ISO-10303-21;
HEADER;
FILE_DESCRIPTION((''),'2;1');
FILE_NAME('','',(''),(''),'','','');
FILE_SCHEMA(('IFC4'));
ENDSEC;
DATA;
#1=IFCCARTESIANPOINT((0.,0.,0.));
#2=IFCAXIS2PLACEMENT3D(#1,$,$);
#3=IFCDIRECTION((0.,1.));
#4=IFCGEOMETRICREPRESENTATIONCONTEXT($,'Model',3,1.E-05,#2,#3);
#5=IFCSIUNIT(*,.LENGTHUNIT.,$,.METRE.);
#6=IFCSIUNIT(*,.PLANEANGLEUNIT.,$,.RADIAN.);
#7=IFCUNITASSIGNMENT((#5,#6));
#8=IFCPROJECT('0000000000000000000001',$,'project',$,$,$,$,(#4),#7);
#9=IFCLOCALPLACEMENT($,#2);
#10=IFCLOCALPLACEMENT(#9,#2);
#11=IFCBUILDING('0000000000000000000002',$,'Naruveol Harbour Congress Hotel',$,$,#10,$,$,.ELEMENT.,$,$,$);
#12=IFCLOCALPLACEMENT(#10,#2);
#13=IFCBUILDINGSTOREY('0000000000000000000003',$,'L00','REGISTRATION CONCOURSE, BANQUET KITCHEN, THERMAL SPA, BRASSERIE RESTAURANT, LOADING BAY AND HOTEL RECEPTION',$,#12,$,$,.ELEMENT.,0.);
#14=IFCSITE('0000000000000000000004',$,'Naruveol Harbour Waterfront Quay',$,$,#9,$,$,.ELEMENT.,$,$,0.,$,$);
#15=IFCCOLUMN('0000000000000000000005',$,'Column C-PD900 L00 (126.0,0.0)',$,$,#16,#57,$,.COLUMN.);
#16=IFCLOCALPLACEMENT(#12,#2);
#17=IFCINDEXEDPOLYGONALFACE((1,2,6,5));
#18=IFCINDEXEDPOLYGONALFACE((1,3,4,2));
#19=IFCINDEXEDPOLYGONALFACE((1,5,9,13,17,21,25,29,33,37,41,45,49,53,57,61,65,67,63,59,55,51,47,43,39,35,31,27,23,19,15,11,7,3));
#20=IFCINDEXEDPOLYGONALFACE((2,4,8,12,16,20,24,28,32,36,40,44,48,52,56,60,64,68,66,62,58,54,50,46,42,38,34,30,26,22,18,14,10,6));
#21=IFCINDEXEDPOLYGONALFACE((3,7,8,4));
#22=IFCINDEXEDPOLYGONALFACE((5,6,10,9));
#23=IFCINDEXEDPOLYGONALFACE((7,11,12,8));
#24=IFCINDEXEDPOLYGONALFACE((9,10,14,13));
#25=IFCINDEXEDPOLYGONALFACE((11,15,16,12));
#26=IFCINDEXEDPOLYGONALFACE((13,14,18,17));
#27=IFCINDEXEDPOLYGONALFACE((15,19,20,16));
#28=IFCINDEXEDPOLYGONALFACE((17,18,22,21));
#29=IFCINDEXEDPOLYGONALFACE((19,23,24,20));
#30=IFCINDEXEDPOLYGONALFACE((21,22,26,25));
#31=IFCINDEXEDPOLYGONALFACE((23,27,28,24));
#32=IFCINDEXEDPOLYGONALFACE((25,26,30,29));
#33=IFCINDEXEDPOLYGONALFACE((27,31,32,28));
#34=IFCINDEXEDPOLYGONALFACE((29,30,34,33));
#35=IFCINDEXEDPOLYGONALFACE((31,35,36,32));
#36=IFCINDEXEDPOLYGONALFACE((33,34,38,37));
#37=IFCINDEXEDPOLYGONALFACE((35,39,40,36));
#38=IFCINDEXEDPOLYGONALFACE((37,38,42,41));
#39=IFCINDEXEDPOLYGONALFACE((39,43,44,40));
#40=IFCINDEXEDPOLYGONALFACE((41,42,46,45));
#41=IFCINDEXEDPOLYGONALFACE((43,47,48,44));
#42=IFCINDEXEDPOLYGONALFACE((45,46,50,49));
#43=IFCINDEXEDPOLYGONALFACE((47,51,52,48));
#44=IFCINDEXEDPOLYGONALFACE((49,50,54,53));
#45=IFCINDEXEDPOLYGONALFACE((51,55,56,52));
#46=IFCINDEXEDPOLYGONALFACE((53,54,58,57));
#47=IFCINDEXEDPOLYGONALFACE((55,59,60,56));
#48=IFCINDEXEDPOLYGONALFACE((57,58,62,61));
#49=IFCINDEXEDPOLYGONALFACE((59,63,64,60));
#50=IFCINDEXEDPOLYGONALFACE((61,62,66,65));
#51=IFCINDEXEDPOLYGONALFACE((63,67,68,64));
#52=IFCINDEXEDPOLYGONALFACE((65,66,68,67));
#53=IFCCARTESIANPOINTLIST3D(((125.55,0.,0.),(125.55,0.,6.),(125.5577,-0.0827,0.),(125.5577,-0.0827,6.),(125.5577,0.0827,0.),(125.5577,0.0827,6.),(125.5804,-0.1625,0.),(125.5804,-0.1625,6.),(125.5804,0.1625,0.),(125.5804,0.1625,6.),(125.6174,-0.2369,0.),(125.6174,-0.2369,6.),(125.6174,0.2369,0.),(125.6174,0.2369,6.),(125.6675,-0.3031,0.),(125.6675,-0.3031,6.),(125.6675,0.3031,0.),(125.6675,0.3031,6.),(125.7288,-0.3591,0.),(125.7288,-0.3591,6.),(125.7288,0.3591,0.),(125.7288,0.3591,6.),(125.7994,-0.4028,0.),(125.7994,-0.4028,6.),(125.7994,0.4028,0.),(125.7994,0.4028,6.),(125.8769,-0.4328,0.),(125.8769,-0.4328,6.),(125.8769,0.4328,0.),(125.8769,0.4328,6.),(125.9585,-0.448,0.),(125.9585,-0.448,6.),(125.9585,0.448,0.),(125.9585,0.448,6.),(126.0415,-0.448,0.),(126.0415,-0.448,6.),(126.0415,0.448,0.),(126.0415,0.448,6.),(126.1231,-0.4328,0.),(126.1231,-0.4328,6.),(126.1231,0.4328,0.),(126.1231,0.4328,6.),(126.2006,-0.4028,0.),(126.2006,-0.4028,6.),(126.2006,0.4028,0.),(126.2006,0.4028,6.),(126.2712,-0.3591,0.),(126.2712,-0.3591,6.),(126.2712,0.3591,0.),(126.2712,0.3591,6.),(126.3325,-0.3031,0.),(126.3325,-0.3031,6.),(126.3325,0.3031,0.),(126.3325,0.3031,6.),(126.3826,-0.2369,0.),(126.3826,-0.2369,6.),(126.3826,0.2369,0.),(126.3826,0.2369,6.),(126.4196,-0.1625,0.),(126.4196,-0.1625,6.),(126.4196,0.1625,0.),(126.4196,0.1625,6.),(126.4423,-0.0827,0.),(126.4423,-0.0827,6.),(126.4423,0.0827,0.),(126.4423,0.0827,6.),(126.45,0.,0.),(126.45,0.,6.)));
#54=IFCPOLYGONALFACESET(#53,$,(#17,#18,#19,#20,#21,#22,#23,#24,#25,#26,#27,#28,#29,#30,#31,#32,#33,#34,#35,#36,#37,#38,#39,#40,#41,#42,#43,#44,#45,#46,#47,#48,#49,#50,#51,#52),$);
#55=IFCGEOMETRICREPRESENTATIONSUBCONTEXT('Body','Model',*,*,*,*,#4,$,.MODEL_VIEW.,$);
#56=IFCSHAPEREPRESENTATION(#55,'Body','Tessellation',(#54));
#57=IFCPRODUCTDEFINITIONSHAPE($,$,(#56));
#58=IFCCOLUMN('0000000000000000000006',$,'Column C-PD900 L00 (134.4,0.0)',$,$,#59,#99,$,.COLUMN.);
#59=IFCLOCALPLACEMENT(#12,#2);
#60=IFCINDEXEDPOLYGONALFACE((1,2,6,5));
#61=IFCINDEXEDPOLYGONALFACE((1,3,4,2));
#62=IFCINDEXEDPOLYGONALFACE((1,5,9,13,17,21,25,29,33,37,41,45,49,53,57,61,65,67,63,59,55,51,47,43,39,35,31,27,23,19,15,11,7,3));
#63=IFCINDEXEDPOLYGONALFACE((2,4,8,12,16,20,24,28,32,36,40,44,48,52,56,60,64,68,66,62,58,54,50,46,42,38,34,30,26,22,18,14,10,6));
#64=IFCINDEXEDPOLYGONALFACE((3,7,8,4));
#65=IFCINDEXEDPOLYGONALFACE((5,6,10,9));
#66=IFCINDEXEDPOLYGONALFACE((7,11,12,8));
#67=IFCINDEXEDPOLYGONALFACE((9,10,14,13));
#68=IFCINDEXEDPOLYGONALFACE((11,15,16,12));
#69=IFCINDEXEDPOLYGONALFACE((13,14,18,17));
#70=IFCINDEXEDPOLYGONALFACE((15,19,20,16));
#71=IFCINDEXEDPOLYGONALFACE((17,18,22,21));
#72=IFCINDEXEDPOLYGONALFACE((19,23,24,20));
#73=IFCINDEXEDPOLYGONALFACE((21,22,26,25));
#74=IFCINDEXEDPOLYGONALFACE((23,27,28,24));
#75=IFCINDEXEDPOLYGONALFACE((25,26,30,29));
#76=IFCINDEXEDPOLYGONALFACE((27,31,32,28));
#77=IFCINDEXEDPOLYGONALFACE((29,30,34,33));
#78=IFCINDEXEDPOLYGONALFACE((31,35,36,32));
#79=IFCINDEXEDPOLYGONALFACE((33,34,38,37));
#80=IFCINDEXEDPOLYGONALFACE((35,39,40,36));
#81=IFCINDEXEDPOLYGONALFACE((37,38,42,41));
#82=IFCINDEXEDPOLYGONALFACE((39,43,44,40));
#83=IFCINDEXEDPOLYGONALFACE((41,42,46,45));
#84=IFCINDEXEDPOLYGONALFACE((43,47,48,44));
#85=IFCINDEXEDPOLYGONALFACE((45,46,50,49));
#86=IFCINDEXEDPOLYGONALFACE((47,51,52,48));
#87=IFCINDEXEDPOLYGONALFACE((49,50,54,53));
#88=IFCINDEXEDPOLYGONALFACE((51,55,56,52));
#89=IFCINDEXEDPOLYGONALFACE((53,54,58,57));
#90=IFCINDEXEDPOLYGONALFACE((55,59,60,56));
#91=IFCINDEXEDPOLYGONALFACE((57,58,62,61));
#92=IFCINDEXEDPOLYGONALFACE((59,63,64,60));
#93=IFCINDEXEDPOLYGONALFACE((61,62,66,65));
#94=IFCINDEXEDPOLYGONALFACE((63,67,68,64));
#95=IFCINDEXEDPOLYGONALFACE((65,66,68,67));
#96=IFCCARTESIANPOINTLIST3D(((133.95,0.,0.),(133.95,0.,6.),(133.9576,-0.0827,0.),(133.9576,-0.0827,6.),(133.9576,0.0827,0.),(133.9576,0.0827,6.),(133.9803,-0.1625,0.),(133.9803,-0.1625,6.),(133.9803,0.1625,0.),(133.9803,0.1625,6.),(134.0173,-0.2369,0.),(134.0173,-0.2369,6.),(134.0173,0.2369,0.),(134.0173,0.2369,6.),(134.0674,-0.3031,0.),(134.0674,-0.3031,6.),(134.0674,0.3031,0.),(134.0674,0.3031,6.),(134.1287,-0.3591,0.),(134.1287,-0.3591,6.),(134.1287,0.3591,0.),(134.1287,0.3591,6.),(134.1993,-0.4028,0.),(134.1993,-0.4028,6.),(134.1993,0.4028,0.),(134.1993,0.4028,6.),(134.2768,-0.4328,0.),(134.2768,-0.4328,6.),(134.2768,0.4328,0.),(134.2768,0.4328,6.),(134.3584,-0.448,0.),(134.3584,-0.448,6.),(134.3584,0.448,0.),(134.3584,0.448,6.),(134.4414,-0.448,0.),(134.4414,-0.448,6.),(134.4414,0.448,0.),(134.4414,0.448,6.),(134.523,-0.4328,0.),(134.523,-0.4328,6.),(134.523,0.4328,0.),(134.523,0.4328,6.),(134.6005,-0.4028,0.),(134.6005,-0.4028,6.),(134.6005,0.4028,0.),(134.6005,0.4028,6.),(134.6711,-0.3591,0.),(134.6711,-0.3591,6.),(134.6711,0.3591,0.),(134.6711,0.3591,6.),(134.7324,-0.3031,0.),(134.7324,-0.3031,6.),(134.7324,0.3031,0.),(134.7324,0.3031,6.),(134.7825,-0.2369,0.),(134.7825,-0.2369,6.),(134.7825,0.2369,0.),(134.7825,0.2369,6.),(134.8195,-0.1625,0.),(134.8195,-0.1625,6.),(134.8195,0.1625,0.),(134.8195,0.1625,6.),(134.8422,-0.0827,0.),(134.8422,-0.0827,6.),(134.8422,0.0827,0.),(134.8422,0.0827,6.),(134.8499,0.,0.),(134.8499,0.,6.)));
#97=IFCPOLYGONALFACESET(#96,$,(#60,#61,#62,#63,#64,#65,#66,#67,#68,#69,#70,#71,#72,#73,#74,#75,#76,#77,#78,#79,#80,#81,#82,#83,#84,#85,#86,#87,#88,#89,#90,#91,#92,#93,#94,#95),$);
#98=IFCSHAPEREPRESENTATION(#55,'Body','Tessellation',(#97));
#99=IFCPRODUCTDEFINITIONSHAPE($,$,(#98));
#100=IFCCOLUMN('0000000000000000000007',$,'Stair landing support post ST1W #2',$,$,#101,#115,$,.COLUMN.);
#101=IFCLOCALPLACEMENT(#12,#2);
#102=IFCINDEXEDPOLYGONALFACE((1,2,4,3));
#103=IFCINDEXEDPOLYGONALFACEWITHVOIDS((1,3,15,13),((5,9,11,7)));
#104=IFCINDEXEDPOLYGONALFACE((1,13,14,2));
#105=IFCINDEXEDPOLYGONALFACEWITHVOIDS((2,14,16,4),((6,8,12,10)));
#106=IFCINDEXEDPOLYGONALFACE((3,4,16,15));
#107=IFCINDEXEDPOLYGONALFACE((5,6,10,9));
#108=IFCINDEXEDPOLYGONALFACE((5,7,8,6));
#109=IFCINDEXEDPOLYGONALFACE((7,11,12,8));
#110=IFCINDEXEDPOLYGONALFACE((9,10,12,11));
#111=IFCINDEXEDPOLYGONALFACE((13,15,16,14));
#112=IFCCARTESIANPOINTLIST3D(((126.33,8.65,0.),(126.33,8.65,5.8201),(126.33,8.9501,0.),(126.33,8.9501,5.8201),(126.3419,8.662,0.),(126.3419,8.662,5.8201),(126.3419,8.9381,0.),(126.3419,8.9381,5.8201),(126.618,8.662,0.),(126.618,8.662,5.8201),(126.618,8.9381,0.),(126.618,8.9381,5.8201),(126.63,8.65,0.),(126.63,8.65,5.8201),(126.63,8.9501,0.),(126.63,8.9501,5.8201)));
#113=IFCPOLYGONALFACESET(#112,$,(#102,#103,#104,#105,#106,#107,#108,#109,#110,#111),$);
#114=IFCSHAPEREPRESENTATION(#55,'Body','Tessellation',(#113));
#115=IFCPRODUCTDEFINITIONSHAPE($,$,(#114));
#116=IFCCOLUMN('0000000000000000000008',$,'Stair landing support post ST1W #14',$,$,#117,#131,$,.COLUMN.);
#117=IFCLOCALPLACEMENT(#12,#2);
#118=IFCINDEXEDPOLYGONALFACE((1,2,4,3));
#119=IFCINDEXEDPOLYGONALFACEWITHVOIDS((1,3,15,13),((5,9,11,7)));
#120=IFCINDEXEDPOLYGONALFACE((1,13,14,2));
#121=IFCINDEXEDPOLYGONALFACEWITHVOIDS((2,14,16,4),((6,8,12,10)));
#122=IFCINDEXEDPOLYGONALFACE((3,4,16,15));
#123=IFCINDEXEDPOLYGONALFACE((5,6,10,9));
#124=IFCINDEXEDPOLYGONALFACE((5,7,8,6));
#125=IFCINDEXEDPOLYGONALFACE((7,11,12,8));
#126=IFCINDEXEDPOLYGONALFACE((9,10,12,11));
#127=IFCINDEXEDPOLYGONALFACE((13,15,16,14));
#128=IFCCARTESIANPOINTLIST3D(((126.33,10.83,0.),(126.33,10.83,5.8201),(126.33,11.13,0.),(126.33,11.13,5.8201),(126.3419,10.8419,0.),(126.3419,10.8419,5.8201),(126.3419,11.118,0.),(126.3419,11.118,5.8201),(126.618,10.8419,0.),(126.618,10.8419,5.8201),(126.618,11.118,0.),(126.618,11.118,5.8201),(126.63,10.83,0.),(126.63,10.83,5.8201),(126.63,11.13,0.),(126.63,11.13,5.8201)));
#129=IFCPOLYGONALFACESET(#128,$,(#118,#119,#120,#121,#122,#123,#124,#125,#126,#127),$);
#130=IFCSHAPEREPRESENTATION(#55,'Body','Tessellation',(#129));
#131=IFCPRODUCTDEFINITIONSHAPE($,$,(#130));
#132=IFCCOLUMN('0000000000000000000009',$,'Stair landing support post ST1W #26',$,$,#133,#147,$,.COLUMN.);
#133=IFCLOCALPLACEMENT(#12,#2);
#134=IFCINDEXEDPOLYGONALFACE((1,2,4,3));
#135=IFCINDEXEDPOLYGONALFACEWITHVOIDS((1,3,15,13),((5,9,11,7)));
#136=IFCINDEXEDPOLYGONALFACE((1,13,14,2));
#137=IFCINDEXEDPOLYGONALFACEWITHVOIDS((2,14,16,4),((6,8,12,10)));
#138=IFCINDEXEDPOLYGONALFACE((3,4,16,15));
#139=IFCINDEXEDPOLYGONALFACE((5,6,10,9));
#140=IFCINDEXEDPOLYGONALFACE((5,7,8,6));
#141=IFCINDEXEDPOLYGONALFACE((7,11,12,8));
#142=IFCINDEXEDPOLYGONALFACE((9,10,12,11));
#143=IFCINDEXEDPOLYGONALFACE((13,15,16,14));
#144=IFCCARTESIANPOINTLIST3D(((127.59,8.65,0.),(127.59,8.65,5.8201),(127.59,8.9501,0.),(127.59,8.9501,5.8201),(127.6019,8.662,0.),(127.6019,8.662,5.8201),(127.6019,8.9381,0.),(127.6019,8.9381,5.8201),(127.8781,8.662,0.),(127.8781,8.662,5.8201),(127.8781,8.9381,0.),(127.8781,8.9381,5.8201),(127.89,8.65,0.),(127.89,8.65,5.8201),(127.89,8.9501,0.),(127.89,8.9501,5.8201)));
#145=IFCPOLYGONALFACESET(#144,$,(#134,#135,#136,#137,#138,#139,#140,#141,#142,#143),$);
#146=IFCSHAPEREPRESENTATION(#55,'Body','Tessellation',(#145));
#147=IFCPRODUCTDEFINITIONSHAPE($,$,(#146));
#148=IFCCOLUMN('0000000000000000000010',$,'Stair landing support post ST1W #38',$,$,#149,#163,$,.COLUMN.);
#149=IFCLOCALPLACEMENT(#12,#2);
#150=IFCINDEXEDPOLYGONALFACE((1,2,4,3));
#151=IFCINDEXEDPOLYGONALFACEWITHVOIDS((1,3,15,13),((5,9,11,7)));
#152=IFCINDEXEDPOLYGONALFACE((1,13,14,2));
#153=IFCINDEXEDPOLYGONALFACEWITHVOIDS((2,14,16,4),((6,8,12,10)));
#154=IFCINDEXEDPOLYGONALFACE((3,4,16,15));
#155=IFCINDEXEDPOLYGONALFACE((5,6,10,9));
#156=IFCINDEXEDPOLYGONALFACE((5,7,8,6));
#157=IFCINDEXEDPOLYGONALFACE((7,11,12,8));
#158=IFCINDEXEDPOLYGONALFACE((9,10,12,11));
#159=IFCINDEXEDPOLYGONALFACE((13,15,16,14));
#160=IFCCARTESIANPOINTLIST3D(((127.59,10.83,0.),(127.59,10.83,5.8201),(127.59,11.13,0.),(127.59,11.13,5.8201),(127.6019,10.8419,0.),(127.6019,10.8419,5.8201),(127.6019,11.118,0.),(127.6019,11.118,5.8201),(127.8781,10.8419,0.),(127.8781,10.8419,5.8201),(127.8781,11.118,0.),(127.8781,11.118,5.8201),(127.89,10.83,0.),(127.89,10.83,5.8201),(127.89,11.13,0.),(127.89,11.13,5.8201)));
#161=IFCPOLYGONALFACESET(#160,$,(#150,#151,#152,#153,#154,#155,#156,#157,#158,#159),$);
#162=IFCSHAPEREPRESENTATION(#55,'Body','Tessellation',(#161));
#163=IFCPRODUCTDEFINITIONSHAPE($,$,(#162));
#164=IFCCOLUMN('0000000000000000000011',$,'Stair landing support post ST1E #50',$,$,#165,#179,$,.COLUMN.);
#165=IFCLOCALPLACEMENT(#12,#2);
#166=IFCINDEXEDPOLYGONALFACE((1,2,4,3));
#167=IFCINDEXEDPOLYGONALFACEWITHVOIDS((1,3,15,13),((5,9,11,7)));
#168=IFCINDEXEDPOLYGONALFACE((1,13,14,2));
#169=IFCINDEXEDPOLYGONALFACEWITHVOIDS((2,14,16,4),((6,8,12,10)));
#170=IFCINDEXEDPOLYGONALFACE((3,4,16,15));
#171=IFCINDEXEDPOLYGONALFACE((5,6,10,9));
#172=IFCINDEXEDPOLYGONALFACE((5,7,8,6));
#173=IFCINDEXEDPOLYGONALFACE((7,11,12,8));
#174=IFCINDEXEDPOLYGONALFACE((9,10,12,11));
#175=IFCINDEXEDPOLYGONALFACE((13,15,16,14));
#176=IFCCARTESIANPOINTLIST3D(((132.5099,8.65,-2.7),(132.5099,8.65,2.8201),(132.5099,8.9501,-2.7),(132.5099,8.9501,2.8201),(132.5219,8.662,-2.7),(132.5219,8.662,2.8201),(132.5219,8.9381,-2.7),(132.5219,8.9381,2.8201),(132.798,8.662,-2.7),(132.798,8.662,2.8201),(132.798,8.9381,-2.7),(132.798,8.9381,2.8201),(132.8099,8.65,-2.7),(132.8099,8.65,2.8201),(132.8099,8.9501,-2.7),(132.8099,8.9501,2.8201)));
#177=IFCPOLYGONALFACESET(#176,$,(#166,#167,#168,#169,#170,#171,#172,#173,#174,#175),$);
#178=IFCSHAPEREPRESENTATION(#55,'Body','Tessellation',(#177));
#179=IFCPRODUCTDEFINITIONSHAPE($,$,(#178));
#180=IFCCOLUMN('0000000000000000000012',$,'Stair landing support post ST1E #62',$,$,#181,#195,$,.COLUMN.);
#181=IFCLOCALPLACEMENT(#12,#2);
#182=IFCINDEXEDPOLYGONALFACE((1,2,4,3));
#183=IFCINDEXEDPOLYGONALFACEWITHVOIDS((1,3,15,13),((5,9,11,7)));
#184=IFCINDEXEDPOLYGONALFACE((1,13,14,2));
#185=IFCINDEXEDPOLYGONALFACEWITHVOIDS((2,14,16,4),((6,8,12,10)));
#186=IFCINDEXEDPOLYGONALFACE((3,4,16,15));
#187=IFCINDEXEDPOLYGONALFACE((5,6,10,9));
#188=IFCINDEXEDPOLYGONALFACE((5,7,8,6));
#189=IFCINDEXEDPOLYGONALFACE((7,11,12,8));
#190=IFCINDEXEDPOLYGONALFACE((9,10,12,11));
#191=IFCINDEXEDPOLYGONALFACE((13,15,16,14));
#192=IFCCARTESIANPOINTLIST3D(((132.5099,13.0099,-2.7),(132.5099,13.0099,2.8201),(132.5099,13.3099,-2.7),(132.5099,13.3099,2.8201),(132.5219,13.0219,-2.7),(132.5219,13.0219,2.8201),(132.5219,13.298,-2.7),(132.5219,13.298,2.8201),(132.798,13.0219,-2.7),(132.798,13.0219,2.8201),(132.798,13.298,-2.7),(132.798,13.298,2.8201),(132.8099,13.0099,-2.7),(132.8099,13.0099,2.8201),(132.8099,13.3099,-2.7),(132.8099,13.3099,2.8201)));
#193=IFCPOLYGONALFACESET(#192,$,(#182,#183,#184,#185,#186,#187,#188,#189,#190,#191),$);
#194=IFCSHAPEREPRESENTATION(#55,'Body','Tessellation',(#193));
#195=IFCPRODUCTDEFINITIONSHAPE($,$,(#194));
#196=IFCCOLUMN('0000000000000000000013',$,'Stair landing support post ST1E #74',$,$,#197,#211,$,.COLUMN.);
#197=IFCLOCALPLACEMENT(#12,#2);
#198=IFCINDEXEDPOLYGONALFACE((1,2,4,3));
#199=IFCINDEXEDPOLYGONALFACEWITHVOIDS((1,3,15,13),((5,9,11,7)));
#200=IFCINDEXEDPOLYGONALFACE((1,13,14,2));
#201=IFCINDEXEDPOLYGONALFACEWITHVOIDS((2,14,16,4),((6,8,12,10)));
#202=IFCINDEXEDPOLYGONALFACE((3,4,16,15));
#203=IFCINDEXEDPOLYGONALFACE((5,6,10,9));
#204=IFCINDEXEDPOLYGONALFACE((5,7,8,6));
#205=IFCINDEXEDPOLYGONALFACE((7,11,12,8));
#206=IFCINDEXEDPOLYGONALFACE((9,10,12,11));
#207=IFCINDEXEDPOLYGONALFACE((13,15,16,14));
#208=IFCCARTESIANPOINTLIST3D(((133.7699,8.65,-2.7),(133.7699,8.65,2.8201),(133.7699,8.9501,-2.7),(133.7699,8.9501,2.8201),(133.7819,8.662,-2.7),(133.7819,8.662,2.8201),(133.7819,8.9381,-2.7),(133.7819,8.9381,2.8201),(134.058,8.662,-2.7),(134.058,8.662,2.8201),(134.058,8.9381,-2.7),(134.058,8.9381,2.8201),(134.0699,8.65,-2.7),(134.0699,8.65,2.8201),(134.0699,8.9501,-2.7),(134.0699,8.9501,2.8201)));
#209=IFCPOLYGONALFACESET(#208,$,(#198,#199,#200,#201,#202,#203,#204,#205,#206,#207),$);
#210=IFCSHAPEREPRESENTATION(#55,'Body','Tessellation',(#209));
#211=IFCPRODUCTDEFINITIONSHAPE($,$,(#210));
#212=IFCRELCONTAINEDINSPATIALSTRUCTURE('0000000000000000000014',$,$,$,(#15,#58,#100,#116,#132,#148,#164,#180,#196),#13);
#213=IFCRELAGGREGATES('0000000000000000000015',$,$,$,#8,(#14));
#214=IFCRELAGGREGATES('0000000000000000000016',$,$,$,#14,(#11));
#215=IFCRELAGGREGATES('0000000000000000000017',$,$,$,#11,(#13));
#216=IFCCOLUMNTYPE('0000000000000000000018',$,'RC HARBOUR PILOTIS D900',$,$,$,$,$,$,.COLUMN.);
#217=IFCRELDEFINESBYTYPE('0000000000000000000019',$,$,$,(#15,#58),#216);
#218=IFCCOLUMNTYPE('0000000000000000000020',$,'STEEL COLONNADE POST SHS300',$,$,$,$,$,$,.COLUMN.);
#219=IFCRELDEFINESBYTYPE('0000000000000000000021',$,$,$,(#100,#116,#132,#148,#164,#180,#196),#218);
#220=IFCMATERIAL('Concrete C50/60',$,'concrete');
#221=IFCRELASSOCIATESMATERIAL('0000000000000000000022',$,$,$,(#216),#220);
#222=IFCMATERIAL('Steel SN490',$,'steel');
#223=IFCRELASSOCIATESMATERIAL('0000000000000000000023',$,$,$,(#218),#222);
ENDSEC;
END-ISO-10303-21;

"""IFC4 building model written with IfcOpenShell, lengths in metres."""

from ifc_helpers import new_model, si_unit, direction, frame, origin, origin_2d, place, context, subcontext, project, spatial, hollow_rectangle, circle, extrude, material, material_profile, profile_set, type_object, element, save


model = new_model("IFC4")

# Units and contexts
model_context = context("Model", 3, precision=1e-05, world=origin(), true_north=direction((0.0, 1.0)))
body_context = subcontext(model_context, "Body", "Model", "MODEL_VIEW")
ifc_project = project(units=[si_unit("LENGTHUNIT", "METRE"), si_unit("PLANEANGLEUNIT", "RADIAN")], contexts=[model_context])

# Site, building, storey
site_placement = place(None, origin())
site = spatial("IfcSite", under=ifc_project, at=site_placement, Name="Naruveol Harbour Waterfront Quay", CompositionType="ELEMENT", RefElevation=0.0)
building_placement = place(site_placement, origin())
building = spatial("IfcBuilding", under=site, at=building_placement, Name="Naruveol Harbour Congress Hotel", CompositionType="ELEMENT")
storey_placement = place(building_placement, origin())
storey = spatial("IfcBuildingStorey", under=building, at=storey_placement, Name="L00", Description="REGISTRATION CONCOURSE, BANQUET KITCHEN, THERMAL SPA, BRASSERIE RESTAURANT, LOADING BAY AND HOTEL RECEPTION", CompositionType="ELEMENT", Elevation=0.0)

# Columns
ifc_material_1 = material(Name="Concrete C50/60", Category="concrete")
ifc_material_profile_1 = material_profile(ifc_material_1, circle(Radius=0.45, at=origin_2d()), Name="RC-D900")
ifc_profile_set_1 = profile_set([ifc_material_profile_1], Name="Concrete C50/60")
column_type_1 = type_object("IfcColumnType", Name="RC HARBOUR PILOTIS D900", PredefinedType="COLUMN", material=ifc_profile_set_1)
for number, where, z_axis, x_axis, name in (
    (1, (126.0, 0.0, 0.0), (0.0, 0.0, 1.0), (1.0, 0.0, 0.0), "Column C-PD900 L00 (126.0,0.0)"),
    (2, (134.3999, 0.0, 0.0), (0.0, 0.0, 1.0), (1.0, 0.0, 0.0), "Column C-PD900 L00 (134.4,0.0)"),
):
    element("IfcColumn", number, at=place(storey_placement, frame(where, z_axis=z_axis, x_axis=x_axis)), inside=storey, type_object=column_type_1, Name=name, PredefinedType="COLUMN", context=body_context, shape_type="SweptSolid", body=[
        extrude(circle(Radius=0.45, at=origin_2d()), origin(), (0.0, 0.0, 1.0), 6.0),
    ])
ifc_material_2 = material(Name="Steel SN490", Category="steel")
ifc_material_profile_2 = material_profile(ifc_material_2, hollow_rectangle(XDim=0.3, YDim=0.3, WallThickness=0.012, at=origin_2d()), Name="SHS-300x300x12")
ifc_profile_set_2 = profile_set([ifc_material_profile_2], Name="Steel SN490")
column_type_2 = type_object("IfcColumnType", Name="STEEL COLONNADE POST SHS300", PredefinedType="COLUMN", material=ifc_profile_set_2)
for number, where, z_axis, x_axis, name in (
    (3, (126.48, 8.8, 0.0), (0.0, 0.0, 1.0), (1.0, 0.0, 0.0), "Stair landing support post ST1W #2"),
    (4, (126.48, 10.98, 0.0), (0.0, 0.0, 1.0), (1.0, 0.0, 0.0), "Stair landing support post ST1W #14"),
    (5, (127.74, 8.8, 0.0), (0.0, 0.0, 1.0), (1.0, 0.0, 0.0), "Stair landing support post ST1W #26"),
    (6, (127.74, 10.98, 0.0), (0.0, 0.0, 1.0), (1.0, 0.0, 0.0), "Stair landing support post ST1W #38"),
):
    element("IfcColumn", number, at=place(storey_placement, frame(where, z_axis=z_axis, x_axis=x_axis)), inside=storey, type_object=column_type_2, Name=name, PredefinedType="COLUMN", context=body_context, shape_type="SweptSolid", body=[
        extrude(hollow_rectangle(XDim=0.3, YDim=0.3, WallThickness=0.012, at=origin_2d()), origin(), (0.0, 0.0, 1.0), 5.8201),
    ])
for number, where, z_axis, x_axis, name in (
    (7, (132.6599, 8.8, -2.7), (0.0, 0.0, 1.0), (1.0, 0.0, 0.0), "Stair landing support post ST1E #50"),
    (8, (132.6599, 13.1599, -2.7), (0.0, 0.0, 1.0), (1.0, 0.0, 0.0), "Stair landing support post ST1E #62"),
    (9, (133.9199, 8.8, -2.7), (0.0, 0.0, 1.0), (1.0, 0.0, 0.0), "Stair landing support post ST1E #74"),
):
    element("IfcColumn", number, at=place(storey_placement, frame(where, z_axis=z_axis, x_axis=x_axis)), inside=storey, type_object=column_type_2, Name=name, PredefinedType="COLUMN", context=body_context, shape_type="SweptSolid", body=[
        extrude(hollow_rectangle(XDim=0.3, YDim=0.3, WallThickness=0.012, at=origin_2d()), origin(), (0.0, 0.0, 1.0), 5.52),
    ])

save(model, "model.ifc")
